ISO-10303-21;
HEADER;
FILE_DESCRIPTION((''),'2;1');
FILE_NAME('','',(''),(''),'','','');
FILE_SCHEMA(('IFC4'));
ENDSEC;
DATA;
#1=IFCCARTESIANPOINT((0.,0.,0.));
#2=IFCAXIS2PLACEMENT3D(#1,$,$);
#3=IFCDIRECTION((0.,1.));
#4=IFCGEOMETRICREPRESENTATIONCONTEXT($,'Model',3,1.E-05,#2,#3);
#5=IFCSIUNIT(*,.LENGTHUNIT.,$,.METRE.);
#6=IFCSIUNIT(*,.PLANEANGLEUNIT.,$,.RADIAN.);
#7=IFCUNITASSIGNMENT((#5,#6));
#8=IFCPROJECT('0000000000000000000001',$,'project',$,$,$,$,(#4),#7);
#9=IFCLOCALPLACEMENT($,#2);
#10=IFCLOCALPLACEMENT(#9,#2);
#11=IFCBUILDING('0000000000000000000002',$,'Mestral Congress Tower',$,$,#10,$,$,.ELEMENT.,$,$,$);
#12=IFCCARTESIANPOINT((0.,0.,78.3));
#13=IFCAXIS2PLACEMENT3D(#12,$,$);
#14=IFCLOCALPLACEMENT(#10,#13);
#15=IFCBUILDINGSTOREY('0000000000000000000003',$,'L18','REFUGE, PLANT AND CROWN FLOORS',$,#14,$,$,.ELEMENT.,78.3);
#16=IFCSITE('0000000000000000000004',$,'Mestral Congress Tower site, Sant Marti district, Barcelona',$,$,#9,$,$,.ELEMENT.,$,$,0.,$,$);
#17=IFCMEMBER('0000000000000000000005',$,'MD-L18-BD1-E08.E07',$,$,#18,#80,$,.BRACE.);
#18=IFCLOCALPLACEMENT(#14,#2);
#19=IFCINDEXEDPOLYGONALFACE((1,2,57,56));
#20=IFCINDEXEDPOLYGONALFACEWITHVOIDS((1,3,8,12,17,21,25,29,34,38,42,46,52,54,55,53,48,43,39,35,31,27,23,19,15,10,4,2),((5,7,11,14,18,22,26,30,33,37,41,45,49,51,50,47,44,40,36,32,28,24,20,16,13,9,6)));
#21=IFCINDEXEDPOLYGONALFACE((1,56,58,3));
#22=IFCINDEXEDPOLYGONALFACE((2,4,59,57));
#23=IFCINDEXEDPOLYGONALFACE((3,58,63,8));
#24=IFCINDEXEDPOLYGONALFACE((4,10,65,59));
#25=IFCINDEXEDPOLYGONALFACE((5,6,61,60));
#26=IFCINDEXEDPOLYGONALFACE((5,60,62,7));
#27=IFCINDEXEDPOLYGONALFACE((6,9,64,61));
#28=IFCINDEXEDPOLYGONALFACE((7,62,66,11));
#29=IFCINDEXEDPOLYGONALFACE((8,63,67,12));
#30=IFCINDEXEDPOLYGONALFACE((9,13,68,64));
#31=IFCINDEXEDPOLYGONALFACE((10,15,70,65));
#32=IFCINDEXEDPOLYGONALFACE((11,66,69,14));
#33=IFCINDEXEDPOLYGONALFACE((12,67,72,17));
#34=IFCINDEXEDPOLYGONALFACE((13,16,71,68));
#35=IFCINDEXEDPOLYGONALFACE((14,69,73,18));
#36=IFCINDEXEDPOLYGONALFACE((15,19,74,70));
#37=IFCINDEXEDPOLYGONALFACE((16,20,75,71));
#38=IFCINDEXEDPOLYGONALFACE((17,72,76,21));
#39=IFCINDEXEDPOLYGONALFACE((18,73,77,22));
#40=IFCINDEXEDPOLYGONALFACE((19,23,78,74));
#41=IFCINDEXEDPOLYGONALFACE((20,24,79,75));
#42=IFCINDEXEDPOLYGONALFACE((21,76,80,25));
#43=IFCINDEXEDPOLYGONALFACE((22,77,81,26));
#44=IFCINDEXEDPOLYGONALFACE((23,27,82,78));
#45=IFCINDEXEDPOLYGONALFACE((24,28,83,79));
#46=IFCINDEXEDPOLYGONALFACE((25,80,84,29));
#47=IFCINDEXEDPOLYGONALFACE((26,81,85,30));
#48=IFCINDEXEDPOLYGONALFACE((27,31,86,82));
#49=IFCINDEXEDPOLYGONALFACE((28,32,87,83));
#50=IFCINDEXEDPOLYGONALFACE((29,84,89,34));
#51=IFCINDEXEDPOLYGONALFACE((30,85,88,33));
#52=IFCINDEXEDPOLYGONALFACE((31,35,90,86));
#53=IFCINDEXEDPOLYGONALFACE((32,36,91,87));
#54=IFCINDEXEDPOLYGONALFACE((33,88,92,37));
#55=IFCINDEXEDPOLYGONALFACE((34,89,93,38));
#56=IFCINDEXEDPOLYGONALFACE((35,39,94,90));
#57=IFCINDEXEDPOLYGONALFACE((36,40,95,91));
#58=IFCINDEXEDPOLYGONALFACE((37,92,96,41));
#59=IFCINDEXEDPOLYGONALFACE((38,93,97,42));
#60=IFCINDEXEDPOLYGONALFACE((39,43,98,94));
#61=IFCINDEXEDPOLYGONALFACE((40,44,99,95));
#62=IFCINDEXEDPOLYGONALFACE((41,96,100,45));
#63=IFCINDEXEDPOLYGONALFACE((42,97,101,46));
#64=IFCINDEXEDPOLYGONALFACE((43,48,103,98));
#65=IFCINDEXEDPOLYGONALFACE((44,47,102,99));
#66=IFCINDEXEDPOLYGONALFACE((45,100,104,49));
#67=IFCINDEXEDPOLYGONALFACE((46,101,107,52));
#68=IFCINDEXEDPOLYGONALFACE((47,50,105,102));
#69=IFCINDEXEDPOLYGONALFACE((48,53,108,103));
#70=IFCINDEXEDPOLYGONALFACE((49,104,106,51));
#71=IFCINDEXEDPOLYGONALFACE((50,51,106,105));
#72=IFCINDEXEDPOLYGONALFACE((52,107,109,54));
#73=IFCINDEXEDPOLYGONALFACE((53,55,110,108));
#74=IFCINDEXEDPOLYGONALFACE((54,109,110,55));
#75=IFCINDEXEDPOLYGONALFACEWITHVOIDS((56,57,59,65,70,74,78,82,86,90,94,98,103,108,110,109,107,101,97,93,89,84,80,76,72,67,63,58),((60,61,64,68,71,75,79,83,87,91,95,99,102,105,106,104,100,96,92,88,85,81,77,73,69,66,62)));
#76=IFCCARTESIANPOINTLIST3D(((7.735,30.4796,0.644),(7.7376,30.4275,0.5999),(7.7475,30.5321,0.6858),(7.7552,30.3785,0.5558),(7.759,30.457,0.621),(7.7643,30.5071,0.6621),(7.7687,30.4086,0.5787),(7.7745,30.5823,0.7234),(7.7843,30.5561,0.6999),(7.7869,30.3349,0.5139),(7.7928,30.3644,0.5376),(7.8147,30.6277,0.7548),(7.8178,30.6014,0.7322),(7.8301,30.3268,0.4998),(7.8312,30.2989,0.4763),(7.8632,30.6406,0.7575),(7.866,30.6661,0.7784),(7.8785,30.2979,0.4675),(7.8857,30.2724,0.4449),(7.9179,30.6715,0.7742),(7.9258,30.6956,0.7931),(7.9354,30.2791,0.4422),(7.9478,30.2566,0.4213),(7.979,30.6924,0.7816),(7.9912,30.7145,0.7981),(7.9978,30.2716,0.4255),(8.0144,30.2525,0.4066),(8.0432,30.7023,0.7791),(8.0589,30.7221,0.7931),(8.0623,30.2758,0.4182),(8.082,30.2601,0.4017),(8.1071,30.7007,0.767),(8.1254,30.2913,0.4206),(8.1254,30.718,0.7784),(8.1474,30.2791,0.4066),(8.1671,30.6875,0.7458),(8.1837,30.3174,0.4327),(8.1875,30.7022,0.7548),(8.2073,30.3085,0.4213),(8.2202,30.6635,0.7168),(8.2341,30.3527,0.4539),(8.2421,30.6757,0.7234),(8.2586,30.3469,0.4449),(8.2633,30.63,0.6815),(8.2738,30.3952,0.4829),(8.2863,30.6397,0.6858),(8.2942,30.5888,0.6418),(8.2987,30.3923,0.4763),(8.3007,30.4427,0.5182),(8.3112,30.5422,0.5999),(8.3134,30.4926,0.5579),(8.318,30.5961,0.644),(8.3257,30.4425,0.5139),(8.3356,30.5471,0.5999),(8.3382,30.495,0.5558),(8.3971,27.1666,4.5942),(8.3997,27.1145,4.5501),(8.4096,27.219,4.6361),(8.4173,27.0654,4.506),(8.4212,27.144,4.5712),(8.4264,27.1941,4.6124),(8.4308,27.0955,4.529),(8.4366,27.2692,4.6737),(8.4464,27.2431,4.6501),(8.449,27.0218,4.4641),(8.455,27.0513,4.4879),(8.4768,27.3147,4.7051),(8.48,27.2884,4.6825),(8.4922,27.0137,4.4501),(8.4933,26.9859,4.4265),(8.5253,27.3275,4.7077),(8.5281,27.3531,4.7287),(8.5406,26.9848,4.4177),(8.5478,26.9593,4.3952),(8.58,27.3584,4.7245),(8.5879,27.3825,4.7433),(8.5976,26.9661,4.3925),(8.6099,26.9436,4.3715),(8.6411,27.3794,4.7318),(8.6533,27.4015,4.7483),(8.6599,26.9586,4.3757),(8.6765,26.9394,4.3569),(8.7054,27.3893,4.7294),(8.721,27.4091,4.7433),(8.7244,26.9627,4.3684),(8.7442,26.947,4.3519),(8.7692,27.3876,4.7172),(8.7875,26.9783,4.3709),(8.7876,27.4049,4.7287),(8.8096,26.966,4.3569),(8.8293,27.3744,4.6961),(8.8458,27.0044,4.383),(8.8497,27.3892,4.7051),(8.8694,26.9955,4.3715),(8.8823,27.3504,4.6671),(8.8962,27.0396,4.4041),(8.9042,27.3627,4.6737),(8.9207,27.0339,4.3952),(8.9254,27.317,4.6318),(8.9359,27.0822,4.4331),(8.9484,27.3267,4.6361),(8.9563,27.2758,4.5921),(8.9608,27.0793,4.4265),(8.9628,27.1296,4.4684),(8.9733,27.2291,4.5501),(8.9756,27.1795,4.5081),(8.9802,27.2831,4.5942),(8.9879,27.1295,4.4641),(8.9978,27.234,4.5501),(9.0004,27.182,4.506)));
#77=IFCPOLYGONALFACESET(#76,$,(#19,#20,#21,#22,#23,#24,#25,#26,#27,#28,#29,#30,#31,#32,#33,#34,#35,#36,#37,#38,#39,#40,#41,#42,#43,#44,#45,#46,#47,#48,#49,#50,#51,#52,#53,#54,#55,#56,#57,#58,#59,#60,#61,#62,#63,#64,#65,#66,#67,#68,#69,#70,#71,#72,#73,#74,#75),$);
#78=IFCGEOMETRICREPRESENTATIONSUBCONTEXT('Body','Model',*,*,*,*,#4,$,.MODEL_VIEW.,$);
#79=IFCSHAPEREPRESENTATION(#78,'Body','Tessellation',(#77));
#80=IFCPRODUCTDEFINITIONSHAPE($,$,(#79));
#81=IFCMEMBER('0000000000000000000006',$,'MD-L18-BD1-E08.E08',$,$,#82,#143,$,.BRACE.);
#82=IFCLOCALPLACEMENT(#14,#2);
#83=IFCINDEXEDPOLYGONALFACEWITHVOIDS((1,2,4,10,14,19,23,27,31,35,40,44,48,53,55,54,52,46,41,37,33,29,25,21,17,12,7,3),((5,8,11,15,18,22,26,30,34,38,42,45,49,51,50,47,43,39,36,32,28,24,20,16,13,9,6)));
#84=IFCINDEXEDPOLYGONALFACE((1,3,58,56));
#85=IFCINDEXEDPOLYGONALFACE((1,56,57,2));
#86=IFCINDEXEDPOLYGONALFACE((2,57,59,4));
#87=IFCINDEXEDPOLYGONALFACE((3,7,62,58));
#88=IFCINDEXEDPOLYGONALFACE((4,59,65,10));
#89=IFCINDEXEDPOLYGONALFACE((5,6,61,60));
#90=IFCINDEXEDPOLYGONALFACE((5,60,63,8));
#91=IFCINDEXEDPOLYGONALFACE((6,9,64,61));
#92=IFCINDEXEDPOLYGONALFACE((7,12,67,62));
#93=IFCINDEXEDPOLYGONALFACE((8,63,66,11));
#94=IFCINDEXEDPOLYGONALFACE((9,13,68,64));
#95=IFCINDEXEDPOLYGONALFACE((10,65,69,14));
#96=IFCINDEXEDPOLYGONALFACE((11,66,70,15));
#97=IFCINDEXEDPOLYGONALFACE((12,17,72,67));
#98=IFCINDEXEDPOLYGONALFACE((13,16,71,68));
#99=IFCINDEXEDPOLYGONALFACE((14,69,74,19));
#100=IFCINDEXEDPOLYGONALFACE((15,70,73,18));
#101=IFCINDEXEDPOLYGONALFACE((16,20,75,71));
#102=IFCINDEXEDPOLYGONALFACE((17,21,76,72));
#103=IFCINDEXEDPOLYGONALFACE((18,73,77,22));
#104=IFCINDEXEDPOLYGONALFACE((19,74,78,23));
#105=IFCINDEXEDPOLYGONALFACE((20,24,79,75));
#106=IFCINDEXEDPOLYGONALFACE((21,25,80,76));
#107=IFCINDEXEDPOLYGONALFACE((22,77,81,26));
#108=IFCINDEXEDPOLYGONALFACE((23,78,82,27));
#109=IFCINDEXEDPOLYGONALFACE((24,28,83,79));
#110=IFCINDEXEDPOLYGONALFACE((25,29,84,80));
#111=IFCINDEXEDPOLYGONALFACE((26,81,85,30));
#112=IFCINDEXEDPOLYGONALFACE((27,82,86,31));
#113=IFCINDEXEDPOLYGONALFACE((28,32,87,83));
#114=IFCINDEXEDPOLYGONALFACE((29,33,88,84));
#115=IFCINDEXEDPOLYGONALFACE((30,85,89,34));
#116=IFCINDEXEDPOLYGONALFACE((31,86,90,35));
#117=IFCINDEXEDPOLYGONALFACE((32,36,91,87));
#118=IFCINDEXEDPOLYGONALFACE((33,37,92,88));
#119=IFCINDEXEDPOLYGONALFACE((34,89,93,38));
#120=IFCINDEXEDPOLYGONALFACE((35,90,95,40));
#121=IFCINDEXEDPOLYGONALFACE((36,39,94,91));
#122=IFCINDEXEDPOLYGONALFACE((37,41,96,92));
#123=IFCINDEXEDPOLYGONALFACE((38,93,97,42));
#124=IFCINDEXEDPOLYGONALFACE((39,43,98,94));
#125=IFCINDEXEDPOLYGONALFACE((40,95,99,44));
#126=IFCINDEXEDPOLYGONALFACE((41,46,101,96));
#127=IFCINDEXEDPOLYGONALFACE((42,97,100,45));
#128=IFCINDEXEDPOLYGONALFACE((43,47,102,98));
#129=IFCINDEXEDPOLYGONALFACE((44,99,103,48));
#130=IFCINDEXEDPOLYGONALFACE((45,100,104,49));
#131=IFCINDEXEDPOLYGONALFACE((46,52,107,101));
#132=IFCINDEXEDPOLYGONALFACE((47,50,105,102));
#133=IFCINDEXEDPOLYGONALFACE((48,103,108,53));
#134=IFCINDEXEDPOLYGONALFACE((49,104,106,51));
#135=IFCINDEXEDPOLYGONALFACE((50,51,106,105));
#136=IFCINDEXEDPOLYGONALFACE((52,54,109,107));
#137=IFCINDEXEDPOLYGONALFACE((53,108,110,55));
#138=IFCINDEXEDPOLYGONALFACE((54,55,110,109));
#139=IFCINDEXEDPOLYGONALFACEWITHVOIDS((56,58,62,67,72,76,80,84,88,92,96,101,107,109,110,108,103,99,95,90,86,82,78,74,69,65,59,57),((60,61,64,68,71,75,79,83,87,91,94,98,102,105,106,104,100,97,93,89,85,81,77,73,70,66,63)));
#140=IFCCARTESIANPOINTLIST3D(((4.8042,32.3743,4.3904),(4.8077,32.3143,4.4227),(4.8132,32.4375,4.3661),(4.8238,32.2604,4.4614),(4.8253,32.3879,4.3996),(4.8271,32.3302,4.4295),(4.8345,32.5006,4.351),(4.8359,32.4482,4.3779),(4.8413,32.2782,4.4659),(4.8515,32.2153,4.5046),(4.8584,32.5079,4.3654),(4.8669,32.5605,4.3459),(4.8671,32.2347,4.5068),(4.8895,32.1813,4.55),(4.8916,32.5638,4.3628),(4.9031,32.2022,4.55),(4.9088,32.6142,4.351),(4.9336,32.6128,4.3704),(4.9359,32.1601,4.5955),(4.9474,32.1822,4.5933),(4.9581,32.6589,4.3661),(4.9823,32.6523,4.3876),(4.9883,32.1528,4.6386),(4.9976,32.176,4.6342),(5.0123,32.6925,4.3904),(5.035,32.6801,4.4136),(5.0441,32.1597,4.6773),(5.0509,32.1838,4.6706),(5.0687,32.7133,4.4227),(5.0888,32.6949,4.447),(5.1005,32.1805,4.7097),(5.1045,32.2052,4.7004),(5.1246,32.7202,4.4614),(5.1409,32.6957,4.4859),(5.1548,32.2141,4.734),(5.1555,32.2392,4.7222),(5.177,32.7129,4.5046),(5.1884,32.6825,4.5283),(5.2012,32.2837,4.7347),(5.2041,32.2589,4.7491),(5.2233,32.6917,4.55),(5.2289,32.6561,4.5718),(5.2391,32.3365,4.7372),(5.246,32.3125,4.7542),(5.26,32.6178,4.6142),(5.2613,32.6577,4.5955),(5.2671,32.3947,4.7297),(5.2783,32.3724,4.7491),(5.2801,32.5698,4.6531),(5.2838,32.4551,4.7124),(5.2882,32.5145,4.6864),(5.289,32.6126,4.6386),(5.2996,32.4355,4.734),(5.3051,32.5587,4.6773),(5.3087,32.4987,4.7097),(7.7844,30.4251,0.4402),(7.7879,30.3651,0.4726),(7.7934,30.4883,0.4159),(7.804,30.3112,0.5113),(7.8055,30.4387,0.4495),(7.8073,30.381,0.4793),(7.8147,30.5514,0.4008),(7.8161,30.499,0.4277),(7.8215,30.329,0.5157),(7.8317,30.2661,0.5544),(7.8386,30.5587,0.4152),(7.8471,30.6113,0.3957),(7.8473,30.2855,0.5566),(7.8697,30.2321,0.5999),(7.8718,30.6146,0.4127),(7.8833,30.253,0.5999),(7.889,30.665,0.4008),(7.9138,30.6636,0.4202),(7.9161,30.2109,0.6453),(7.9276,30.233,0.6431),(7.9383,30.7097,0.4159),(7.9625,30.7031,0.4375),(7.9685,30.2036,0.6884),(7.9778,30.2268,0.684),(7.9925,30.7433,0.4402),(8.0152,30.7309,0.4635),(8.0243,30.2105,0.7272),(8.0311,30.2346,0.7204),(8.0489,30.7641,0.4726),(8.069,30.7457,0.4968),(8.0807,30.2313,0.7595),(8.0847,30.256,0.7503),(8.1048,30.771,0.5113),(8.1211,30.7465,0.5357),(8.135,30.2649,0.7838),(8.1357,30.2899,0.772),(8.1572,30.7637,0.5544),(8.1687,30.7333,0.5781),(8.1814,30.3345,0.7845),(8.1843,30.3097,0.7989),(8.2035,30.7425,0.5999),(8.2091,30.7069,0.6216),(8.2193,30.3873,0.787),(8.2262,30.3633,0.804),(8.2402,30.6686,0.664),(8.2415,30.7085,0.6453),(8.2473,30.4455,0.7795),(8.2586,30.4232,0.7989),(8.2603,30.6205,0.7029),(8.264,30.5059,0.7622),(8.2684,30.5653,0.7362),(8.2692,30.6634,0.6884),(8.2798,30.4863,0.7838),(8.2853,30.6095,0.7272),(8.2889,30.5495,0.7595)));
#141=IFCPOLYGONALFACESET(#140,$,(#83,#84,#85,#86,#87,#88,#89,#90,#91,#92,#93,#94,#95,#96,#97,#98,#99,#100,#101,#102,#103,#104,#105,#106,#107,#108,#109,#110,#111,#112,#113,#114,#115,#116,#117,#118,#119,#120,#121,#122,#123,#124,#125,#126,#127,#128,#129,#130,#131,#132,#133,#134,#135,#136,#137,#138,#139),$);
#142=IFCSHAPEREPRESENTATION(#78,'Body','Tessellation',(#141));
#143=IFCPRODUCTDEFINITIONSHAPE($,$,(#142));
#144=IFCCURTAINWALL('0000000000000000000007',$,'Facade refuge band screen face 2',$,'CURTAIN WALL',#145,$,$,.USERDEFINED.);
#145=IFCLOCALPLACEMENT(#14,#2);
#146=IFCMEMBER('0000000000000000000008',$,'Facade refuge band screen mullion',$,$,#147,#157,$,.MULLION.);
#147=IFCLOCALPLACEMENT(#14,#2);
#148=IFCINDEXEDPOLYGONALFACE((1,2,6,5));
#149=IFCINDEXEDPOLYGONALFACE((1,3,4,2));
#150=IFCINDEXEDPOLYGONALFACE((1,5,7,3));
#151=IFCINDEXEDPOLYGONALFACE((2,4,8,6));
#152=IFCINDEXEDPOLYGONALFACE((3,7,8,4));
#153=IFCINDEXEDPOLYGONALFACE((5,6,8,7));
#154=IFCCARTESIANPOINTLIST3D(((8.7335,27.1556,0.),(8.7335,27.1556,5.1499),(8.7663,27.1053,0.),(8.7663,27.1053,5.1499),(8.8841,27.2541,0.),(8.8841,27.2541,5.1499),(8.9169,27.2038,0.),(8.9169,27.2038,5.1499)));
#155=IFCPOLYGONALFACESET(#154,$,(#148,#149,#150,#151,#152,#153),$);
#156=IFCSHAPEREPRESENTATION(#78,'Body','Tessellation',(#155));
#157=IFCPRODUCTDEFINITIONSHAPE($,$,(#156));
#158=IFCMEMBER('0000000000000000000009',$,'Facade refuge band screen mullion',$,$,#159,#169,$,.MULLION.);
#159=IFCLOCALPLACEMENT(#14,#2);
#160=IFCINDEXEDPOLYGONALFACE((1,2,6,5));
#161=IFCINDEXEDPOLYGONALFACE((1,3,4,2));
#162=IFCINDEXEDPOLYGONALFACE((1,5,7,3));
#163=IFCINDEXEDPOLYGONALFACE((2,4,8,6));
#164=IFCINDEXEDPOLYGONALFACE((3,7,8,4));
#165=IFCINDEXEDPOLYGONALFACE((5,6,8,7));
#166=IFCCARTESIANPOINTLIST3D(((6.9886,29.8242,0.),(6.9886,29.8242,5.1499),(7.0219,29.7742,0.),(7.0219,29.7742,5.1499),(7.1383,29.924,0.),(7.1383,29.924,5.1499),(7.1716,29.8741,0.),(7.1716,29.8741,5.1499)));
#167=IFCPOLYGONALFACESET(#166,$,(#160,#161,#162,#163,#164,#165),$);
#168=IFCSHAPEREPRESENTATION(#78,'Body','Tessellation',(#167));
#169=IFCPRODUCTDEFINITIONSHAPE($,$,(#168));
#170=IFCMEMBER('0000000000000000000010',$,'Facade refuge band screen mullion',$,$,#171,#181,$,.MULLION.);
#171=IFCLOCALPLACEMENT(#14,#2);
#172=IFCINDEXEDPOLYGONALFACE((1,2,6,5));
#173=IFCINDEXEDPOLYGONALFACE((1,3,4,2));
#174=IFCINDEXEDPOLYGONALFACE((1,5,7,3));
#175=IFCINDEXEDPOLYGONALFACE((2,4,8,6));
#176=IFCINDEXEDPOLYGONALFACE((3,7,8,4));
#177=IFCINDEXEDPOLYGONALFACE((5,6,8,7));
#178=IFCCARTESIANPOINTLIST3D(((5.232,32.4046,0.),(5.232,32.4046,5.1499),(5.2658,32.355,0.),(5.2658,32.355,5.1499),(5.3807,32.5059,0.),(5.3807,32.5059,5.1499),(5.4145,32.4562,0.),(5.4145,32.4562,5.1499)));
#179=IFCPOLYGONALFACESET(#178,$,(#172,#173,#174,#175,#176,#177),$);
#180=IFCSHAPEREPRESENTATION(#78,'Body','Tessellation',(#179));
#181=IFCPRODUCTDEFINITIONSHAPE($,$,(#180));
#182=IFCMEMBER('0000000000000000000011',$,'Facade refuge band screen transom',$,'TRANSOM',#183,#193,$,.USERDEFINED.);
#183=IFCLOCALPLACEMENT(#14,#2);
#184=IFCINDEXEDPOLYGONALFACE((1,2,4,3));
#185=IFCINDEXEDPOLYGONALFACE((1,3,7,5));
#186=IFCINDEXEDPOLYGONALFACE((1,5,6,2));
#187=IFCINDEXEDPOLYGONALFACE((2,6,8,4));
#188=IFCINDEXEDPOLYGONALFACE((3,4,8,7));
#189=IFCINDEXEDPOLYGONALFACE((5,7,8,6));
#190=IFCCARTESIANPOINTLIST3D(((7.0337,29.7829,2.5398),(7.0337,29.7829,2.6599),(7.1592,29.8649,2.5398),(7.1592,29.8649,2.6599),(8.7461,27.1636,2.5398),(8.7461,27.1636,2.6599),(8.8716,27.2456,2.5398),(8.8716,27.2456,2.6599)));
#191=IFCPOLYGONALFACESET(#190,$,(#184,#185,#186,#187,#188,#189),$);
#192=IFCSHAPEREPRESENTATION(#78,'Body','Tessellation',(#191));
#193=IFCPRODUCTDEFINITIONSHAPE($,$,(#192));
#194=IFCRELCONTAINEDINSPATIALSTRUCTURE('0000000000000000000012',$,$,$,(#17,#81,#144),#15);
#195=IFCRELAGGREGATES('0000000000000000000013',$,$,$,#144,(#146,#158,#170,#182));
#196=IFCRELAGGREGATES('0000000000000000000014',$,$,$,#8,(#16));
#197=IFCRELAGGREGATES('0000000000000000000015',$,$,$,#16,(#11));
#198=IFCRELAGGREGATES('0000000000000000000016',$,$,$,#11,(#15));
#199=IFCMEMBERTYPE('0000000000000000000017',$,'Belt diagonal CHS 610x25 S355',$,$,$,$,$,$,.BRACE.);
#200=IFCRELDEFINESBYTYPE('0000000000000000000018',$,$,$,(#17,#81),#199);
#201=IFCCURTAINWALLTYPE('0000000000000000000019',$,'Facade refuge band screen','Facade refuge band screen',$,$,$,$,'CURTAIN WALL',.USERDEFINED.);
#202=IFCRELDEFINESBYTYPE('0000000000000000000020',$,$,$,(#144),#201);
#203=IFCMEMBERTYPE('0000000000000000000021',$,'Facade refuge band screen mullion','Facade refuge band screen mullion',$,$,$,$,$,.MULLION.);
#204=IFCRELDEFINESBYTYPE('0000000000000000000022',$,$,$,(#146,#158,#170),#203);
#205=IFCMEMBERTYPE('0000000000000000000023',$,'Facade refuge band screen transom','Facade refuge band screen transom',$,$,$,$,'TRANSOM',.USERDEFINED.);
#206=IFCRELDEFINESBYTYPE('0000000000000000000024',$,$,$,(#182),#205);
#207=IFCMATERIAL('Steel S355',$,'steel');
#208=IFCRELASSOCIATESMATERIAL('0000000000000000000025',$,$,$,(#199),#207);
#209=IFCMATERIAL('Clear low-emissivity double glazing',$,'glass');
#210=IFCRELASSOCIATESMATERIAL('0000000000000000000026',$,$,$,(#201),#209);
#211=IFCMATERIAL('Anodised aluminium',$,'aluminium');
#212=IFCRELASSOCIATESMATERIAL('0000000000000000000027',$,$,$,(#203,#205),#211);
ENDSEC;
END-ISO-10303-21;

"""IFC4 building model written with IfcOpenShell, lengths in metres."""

from ifc_helpers import new_model, si_unit, direction, frame, origin, origin_2d, place, context, subcontext, project, spatial, rectangle, hollow_circle, extrude, material, material_profile, profile_set, type_object, element, aggregate, save


model = new_model("IFC4")

# Units and contexts
model_context = context("Model", 3, precision=1e-05, world=origin(), true_north=direction((0.0, 1.0)))
body_context = subcontext(model_context, "Body", "Model", "MODEL_VIEW")
ifc_project = project(units=[si_unit("LENGTHUNIT", "METRE"), si_unit("PLANEANGLEUNIT", "RADIAN")], contexts=[model_context])

# Site, building, storey
site_placement = place(None, origin())
site = spatial("IfcSite", under=ifc_project, at=site_placement, Name="Mestral Congress Tower site, Sant Marti district, Barcelona", CompositionType="ELEMENT", RefElevation=0.0)
building_placement = place(site_placement, origin())
building = spatial("IfcBuilding", under=site, at=building_placement, Name="Mestral Congress Tower", CompositionType="ELEMENT")
storey_placement = place(building_placement, frame((0.0, 0.0, 78.3)))
storey = spatial("IfcBuildingStorey", under=building, at=storey_placement, Name="L18", Description="REFUGE, PLANT AND CROWN FLOORS", CompositionType="ELEMENT", Elevation=78.3)

# Members
ifc_material_1 = material(Name="Steel S355", Category="steel")
ifc_material_profile_1 = material_profile(ifc_material_1, hollow_circle(Radius=0.3049, WallThickness=0.0249, at=origin_2d()), Name="CHS 610x25")
ifc_profile_set_1 = profile_set([ifc_material_profile_1], Name="Steel S355")
member_type_1 = type_object("IfcMemberType", Name="Belt diagonal CHS 610x25 S355", PredefinedType="BRACE", material=ifc_profile_set_1)
member_1_placement = place(storey_placement, frame((8.0366, 30.4873, 0.5999), z_axis=(0.12738, -0.637369, 0.759958), x_axis=(0.980608, 0.195977, 0.0)))
element("IfcMember", 1, at=member_1_placement, inside=storey, type_object=member_type_1, Name="MD-L18-BD1-E08.E07", PredefinedType="BRACE", context=body_context, shape_type="SweptSolid", body=[
    extrude(hollow_circle(Radius=0.3049, WallThickness=0.0249, at=origin_2d()), origin(), (0.0, 0.0, 1.0), 5.198),
])
member_2_placement = place(storey_placement, frame((8.0366, 30.4873, 0.5999), z_axis=(-0.560363, 0.366506, 0.742743), x_axis=(-0.547369, -0.836891, 0.0)))
element("IfcMember", 2, at=member_2_placement, inside=storey, type_object=member_type_1, Name="MD-L18-BD1-E08.E08", PredefinedType="BRACE", context=body_context, shape_type="SweptSolid", body=[
    extrude(hollow_circle(Radius=0.3049, WallThickness=0.0249, at=origin_2d()), origin(), (0.0, 0.0, 1.0), 5.3184),
])

# Curtain wall, members
ifc_material_2 = material(Name="Clear low-emissivity double glazing", Category="glass")
curtain_wall_type = type_object("IfcCurtainWallType", Name="Facade refuge band screen", Description="Facade refuge band screen", ElementType="CURTAIN WALL", PredefinedType="USERDEFINED", material=ifc_material_2)
curtain_wall_placement = place(storey_placement, origin())
curtain_wall = element("IfcCurtainWall", 3, at=curtain_wall_placement, inside=storey, type_object=curtain_wall_type, Name="Facade refuge band screen face 2", ObjectType="CURTAIN WALL", PredefinedType="USERDEFINED")
ifc_material_3 = material(Name="Anodised aluminium", Category="aluminium")
ifc_material_profile_2 = material_profile(ifc_material_3, rectangle(XDim=0.1799, YDim=0.0601, at=origin_2d()), Name="CW3 mullion 180 x 60")
ifc_profile_set_2 = profile_set([ifc_material_profile_2], Name="Anodised aluminium")
member_type_2 = type_object("IfcMemberType", Name="Facade refuge band screen mullion", Description="Facade refuge band screen mullion", PredefinedType="MULLION", material=ifc_profile_set_2)
member_3_placement = place(storey_placement, frame((8.8252, 27.1797, 0.0), z_axis=(0.0, 0.0, 1.0), x_axis=(0.836978, 0.547236, 0.0)))
member_3 = element("IfcMember", 4, at=member_3_placement, type_object=member_type_2, Name="Facade refuge band screen mullion", PredefinedType="MULLION", context=body_context, shape_type="SweptSolid", body=[
    extrude(rectangle(XDim=0.1799, YDim=0.0601, at=origin_2d()), origin(), (0.0, 0.0, 1.0), 5.1499),
])
member_4_placement = place(storey_placement, frame((7.0801, 29.8491, 0.0), z_axis=(0.0, 0.0, 1.0), x_axis=(0.831884, 0.554949, 0.0)))
member_4 = element("IfcMember", 5, at=member_4_placement, type_object=member_type_2, Name="Facade refuge band screen mullion", PredefinedType="MULLION", context=body_context, shape_type="SweptSolid", body=[
    extrude(rectangle(XDim=0.1799, YDim=0.0601, at=origin_2d()), origin(), (0.0, 0.0, 1.0), 5.1499),
])
member_5_placement = place(storey_placement, frame((5.3232, 32.4304, 0.0), z_axis=(0.0, 0.0, 1.0), x_axis=(0.826719, 0.562614, 0.0)))
member_5 = element("IfcMember", 6, at=member_5_placement, type_object=member_type_2, Name="Facade refuge band screen mullion", PredefinedType="MULLION", context=body_context, shape_type="SweptSolid", body=[
    extrude(rectangle(XDim=0.1799, YDim=0.0601, at=origin_2d()), origin(), (0.0, 0.0, 1.0), 5.1499),
])
ifc_material_profile_3 = material_profile(ifc_material_3, rectangle(XDim=0.1499, YDim=0.1201, at=origin_2d()), Name="CW3 transom 150 x 120")
ifc_profile_set_3 = profile_set([ifc_material_profile_3], Name="Anodised aluminium")
member_type_3 = type_object("IfcMemberType", Name="Facade refuge band screen transom", Description="Facade refuge band screen transom", ElementType="TRANSOM", PredefinedType="USERDEFINED", material=ifc_profile_set_3)
member_6_placement = place(storey_placement, frame((8.8088, 27.2046, 2.5999), z_axis=(-0.547188, 0.837009, 0.0), x_axis=(-0.837009, -0.547188, 0.0)))
member_6 = element("IfcMember", 7, at=member_6_placement, type_object=member_type_3, Name="Facade refuge band screen transom", ObjectType="TRANSOM", PredefinedType="USERDEFINED", context=body_context, shape_type="SweptSolid", body=[
    extrude(rectangle(XDim=0.1499, YDim=0.1201, at=origin_2d()), origin(), (0.0, 0.0, 1.0), 3.1294),
])

aggregate(curtain_wall, [member_3, member_4, member_5, member_6])

save(model, "model.ifc")
